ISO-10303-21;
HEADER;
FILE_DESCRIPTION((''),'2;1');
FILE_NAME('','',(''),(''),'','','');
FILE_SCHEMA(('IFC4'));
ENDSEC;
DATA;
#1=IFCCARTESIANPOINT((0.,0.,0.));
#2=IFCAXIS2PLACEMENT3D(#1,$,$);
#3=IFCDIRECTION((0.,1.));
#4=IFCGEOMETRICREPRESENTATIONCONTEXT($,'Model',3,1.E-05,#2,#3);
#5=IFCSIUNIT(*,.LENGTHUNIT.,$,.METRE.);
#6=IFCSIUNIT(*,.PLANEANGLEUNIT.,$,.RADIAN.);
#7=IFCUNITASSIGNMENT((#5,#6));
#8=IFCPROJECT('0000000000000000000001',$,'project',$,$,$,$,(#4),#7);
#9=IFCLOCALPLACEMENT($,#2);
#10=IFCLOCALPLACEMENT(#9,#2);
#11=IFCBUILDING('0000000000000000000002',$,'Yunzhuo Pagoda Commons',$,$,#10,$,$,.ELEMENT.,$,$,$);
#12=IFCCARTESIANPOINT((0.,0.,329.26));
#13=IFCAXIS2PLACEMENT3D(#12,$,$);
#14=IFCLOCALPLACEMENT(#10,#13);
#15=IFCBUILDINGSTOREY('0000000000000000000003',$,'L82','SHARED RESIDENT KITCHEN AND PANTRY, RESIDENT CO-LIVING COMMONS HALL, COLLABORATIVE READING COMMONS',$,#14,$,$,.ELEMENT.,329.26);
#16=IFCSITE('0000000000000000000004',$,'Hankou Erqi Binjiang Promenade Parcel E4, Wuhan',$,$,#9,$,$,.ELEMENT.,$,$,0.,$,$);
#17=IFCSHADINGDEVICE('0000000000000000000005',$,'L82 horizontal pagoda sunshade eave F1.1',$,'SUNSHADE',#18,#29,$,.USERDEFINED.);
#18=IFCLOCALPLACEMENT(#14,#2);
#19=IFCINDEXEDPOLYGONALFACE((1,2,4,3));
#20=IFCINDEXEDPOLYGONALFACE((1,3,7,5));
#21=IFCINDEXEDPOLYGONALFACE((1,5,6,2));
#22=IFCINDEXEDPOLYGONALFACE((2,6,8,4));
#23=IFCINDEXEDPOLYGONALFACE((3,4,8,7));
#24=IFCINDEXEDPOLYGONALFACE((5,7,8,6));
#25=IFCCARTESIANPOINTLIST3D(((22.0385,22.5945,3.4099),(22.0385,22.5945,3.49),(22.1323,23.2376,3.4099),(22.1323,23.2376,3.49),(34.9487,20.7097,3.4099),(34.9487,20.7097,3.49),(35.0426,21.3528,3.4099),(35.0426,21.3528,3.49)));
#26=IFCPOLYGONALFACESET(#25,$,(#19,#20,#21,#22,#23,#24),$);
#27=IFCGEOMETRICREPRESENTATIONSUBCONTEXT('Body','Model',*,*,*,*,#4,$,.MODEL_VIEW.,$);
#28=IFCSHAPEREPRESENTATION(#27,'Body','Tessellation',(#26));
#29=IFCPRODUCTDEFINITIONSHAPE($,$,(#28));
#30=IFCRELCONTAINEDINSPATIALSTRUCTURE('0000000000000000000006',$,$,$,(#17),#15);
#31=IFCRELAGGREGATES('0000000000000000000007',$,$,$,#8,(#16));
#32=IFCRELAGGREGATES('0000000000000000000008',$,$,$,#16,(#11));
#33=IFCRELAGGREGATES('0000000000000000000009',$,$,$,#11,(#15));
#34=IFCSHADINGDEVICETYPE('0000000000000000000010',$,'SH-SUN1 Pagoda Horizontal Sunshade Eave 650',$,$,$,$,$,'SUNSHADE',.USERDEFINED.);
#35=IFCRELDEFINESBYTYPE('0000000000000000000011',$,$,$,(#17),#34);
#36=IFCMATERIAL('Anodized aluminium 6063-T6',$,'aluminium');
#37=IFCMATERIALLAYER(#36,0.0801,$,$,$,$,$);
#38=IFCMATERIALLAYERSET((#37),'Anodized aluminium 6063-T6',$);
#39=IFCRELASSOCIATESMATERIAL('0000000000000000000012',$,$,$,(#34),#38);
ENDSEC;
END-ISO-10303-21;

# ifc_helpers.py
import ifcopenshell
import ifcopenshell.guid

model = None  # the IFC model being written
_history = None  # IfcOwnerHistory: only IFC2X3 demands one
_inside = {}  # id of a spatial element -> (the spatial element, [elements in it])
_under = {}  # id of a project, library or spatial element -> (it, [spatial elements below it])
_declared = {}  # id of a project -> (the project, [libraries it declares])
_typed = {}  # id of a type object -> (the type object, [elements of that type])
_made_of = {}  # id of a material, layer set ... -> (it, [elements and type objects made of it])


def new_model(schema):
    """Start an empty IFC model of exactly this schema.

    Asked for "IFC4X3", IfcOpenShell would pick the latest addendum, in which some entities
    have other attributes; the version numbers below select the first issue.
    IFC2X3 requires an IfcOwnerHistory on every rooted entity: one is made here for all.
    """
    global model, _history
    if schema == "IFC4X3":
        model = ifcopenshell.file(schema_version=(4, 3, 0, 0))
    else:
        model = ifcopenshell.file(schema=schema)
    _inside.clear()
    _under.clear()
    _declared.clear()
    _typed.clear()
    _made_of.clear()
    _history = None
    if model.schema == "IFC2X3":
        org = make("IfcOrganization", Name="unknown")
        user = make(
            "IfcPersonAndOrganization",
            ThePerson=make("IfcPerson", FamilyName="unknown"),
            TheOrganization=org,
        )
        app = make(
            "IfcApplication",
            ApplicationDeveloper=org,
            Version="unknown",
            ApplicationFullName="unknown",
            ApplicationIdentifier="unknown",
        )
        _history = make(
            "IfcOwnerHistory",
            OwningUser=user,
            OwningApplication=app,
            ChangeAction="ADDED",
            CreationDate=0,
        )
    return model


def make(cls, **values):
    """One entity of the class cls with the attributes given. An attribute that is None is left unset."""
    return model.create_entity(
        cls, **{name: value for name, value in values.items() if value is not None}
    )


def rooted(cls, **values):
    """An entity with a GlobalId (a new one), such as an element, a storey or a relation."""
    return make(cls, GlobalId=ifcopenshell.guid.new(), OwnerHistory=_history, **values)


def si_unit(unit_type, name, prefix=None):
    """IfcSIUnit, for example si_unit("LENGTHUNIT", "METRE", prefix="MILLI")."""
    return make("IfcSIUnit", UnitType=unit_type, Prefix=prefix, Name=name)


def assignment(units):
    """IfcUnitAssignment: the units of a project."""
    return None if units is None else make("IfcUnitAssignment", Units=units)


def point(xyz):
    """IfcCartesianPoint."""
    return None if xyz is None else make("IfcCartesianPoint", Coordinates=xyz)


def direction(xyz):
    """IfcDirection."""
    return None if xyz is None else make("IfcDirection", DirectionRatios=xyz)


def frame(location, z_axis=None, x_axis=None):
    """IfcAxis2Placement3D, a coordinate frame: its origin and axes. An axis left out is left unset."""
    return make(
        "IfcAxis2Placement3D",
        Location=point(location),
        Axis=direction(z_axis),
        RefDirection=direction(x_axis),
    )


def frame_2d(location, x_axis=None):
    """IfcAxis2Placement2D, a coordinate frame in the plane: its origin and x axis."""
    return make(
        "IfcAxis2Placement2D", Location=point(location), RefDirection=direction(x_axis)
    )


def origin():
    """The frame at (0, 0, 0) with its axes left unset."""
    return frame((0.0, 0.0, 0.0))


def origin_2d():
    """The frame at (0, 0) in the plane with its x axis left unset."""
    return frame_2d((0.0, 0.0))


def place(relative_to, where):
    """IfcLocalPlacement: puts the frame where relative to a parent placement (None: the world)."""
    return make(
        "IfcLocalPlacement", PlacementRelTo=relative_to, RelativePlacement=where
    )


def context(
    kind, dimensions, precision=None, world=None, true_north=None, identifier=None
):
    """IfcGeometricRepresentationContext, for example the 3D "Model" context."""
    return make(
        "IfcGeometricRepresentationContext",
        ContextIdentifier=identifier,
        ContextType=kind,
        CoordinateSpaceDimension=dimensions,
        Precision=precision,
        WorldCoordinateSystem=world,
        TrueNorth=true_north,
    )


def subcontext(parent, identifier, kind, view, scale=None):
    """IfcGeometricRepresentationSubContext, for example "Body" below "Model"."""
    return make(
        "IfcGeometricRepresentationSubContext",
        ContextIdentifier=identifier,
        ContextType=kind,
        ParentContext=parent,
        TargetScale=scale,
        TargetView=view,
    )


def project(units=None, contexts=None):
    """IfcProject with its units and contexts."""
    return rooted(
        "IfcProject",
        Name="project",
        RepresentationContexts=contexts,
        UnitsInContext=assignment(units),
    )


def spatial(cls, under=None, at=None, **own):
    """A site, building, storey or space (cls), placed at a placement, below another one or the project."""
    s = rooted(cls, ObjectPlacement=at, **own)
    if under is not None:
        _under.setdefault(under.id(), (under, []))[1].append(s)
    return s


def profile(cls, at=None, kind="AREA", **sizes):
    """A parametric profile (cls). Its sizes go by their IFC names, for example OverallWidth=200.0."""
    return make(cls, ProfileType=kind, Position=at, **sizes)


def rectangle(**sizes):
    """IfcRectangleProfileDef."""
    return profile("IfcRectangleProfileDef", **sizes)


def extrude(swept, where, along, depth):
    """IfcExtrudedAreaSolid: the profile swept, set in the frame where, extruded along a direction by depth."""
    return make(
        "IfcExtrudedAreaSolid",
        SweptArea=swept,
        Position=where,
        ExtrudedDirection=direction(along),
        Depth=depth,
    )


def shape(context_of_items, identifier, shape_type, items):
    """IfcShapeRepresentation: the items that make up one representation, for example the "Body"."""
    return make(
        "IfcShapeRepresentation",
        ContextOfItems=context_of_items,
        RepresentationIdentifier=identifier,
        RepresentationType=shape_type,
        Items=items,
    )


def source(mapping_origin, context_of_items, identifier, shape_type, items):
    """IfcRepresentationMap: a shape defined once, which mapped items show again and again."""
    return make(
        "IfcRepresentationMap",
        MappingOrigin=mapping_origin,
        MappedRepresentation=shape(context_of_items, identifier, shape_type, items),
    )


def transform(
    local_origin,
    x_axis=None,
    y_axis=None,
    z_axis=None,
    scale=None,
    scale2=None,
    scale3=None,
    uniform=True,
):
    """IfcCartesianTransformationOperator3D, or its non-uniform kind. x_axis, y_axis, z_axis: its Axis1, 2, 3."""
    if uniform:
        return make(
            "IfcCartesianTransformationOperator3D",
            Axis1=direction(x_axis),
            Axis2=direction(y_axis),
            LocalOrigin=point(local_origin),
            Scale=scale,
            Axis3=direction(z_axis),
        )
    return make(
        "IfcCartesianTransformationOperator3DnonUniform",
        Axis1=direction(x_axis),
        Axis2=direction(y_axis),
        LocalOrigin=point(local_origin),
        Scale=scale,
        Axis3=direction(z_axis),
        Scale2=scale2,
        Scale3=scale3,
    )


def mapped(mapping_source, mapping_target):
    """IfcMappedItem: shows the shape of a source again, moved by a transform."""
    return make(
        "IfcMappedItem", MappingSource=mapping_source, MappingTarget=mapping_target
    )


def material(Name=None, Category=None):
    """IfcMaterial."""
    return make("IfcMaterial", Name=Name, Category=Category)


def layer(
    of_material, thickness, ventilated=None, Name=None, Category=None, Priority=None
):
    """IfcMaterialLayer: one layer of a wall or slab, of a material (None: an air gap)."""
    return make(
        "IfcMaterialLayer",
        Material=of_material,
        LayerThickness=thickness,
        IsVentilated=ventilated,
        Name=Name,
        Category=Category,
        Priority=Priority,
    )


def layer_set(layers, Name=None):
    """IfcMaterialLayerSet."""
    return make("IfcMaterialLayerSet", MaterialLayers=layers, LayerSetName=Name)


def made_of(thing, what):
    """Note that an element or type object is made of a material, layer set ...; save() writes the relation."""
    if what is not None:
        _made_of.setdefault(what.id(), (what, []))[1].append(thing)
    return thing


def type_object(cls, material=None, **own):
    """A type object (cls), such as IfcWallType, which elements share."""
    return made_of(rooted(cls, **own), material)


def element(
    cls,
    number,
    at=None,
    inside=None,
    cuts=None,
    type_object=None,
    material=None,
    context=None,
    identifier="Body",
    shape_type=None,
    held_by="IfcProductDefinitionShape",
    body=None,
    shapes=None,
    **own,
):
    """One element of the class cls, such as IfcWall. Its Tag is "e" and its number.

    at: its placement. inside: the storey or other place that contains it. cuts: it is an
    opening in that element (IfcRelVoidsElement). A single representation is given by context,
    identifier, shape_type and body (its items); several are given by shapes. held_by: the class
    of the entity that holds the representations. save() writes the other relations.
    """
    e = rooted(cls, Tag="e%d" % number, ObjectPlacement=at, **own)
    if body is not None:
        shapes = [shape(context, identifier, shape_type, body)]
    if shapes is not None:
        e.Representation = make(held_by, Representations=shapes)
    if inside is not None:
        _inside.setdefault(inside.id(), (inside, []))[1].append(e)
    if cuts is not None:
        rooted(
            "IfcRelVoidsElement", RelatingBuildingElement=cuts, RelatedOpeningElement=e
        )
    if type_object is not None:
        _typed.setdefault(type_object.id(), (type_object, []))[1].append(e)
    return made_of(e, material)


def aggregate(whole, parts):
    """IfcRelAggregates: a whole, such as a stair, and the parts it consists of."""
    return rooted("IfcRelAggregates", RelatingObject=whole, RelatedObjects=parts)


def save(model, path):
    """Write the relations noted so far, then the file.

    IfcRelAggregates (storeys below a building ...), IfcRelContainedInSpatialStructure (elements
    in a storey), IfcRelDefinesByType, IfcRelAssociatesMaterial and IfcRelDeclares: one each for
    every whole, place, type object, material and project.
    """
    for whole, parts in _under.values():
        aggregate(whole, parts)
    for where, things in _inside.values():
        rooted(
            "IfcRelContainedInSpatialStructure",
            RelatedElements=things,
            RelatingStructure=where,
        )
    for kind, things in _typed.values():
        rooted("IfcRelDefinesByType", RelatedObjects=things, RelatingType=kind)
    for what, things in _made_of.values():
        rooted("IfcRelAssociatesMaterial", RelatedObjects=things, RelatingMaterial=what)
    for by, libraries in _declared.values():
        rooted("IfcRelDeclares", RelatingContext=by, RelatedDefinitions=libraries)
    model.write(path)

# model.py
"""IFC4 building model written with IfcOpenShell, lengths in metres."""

from ifc_helpers import new_model, si_unit, direction, frame, origin, origin_2d, place, context, subcontext, project, spatial, rectangle, extrude, source, transform, mapped, material, layer, layer_set, type_object, element, save


model = new_model("IFC4")

# Units and contexts
model_context = context("Model", 3, precision=1e-05, world=origin(), true_north=direction((0.0, 1.0)))
body_context = subcontext(model_context, "Body", "Model", "MODEL_VIEW")
ifc_project = project(units=[si_unit("LENGTHUNIT", "METRE"), si_unit("PLANEANGLEUNIT", "RADIAN")], contexts=[model_context])

# Site, building, storey
site_placement = place(None, origin())
site = spatial("IfcSite", under=ifc_project, at=site_placement, Name="Hankou Erqi Binjiang Promenade Parcel E4, Wuhan", CompositionType="ELEMENT", RefElevation=0.0)
building_placement = place(site_placement, origin())
building = spatial("IfcBuilding", under=site, at=building_placement, Name="Yunzhuo Pagoda Commons", CompositionType="ELEMENT")
storey_placement = place(building_placement, frame((0.0, 0.0, 329.26)))
storey = spatial("IfcBuildingStorey", under=building, at=storey_placement, Name="L82", Description="SHARED RESIDENT KITCHEN AND PANTRY, RESIDENT CO-LIVING COMMONS HALL, COLLABORATIVE READING COMMONS", CompositionType="ELEMENT", Elevation=329.26)

# Shared definitions
ifc_material_1 = material(Name="Anodized aluminium 6063-T6", Category="aluminium")

# Shading device
ifc_layer_1 = layer(ifc_material_1, 0.0801)
ifc_layer_set_1 = layer_set([ifc_layer_1], Name="Anodized aluminium 6063-T6")
shading_device_type = type_object("IfcShadingDeviceType", Name="SH-SUN1 Pagoda Horizontal Sunshade Eave 650", ElementType="SUNSHADE", PredefinedType="USERDEFINED", material=ifc_layer_set_1)
shared_shape_1 = source(origin(), body_context, "Body", "SweptSolid", [
    extrude(rectangle(XDim=13.0471, YDim=0.6499, at=origin_2d()), origin(), (0.0, 0.0, 1.0), 0.0801),
])
shading_device_placement = place(storey_placement, frame((28.5405, 21.9736, 3.4099), z_axis=(0.0, 0.0, 1.0), x_axis=(0.989511, -0.14446, 0.0)))
element("IfcShadingDevice", 1, at=shading_device_placement, inside=storey, type_object=shading_device_type, Name="L82 horizontal pagoda sunshade eave F1.1", ObjectType="SUNSHADE", PredefinedType="USERDEFINED", context=body_context, shape_type="MappedRepresentation", body=[
    mapped(shared_shape_1, transform((0.0, 0.0, 0.0), scale=1.0)),
])

save(model, "model.ifc")
